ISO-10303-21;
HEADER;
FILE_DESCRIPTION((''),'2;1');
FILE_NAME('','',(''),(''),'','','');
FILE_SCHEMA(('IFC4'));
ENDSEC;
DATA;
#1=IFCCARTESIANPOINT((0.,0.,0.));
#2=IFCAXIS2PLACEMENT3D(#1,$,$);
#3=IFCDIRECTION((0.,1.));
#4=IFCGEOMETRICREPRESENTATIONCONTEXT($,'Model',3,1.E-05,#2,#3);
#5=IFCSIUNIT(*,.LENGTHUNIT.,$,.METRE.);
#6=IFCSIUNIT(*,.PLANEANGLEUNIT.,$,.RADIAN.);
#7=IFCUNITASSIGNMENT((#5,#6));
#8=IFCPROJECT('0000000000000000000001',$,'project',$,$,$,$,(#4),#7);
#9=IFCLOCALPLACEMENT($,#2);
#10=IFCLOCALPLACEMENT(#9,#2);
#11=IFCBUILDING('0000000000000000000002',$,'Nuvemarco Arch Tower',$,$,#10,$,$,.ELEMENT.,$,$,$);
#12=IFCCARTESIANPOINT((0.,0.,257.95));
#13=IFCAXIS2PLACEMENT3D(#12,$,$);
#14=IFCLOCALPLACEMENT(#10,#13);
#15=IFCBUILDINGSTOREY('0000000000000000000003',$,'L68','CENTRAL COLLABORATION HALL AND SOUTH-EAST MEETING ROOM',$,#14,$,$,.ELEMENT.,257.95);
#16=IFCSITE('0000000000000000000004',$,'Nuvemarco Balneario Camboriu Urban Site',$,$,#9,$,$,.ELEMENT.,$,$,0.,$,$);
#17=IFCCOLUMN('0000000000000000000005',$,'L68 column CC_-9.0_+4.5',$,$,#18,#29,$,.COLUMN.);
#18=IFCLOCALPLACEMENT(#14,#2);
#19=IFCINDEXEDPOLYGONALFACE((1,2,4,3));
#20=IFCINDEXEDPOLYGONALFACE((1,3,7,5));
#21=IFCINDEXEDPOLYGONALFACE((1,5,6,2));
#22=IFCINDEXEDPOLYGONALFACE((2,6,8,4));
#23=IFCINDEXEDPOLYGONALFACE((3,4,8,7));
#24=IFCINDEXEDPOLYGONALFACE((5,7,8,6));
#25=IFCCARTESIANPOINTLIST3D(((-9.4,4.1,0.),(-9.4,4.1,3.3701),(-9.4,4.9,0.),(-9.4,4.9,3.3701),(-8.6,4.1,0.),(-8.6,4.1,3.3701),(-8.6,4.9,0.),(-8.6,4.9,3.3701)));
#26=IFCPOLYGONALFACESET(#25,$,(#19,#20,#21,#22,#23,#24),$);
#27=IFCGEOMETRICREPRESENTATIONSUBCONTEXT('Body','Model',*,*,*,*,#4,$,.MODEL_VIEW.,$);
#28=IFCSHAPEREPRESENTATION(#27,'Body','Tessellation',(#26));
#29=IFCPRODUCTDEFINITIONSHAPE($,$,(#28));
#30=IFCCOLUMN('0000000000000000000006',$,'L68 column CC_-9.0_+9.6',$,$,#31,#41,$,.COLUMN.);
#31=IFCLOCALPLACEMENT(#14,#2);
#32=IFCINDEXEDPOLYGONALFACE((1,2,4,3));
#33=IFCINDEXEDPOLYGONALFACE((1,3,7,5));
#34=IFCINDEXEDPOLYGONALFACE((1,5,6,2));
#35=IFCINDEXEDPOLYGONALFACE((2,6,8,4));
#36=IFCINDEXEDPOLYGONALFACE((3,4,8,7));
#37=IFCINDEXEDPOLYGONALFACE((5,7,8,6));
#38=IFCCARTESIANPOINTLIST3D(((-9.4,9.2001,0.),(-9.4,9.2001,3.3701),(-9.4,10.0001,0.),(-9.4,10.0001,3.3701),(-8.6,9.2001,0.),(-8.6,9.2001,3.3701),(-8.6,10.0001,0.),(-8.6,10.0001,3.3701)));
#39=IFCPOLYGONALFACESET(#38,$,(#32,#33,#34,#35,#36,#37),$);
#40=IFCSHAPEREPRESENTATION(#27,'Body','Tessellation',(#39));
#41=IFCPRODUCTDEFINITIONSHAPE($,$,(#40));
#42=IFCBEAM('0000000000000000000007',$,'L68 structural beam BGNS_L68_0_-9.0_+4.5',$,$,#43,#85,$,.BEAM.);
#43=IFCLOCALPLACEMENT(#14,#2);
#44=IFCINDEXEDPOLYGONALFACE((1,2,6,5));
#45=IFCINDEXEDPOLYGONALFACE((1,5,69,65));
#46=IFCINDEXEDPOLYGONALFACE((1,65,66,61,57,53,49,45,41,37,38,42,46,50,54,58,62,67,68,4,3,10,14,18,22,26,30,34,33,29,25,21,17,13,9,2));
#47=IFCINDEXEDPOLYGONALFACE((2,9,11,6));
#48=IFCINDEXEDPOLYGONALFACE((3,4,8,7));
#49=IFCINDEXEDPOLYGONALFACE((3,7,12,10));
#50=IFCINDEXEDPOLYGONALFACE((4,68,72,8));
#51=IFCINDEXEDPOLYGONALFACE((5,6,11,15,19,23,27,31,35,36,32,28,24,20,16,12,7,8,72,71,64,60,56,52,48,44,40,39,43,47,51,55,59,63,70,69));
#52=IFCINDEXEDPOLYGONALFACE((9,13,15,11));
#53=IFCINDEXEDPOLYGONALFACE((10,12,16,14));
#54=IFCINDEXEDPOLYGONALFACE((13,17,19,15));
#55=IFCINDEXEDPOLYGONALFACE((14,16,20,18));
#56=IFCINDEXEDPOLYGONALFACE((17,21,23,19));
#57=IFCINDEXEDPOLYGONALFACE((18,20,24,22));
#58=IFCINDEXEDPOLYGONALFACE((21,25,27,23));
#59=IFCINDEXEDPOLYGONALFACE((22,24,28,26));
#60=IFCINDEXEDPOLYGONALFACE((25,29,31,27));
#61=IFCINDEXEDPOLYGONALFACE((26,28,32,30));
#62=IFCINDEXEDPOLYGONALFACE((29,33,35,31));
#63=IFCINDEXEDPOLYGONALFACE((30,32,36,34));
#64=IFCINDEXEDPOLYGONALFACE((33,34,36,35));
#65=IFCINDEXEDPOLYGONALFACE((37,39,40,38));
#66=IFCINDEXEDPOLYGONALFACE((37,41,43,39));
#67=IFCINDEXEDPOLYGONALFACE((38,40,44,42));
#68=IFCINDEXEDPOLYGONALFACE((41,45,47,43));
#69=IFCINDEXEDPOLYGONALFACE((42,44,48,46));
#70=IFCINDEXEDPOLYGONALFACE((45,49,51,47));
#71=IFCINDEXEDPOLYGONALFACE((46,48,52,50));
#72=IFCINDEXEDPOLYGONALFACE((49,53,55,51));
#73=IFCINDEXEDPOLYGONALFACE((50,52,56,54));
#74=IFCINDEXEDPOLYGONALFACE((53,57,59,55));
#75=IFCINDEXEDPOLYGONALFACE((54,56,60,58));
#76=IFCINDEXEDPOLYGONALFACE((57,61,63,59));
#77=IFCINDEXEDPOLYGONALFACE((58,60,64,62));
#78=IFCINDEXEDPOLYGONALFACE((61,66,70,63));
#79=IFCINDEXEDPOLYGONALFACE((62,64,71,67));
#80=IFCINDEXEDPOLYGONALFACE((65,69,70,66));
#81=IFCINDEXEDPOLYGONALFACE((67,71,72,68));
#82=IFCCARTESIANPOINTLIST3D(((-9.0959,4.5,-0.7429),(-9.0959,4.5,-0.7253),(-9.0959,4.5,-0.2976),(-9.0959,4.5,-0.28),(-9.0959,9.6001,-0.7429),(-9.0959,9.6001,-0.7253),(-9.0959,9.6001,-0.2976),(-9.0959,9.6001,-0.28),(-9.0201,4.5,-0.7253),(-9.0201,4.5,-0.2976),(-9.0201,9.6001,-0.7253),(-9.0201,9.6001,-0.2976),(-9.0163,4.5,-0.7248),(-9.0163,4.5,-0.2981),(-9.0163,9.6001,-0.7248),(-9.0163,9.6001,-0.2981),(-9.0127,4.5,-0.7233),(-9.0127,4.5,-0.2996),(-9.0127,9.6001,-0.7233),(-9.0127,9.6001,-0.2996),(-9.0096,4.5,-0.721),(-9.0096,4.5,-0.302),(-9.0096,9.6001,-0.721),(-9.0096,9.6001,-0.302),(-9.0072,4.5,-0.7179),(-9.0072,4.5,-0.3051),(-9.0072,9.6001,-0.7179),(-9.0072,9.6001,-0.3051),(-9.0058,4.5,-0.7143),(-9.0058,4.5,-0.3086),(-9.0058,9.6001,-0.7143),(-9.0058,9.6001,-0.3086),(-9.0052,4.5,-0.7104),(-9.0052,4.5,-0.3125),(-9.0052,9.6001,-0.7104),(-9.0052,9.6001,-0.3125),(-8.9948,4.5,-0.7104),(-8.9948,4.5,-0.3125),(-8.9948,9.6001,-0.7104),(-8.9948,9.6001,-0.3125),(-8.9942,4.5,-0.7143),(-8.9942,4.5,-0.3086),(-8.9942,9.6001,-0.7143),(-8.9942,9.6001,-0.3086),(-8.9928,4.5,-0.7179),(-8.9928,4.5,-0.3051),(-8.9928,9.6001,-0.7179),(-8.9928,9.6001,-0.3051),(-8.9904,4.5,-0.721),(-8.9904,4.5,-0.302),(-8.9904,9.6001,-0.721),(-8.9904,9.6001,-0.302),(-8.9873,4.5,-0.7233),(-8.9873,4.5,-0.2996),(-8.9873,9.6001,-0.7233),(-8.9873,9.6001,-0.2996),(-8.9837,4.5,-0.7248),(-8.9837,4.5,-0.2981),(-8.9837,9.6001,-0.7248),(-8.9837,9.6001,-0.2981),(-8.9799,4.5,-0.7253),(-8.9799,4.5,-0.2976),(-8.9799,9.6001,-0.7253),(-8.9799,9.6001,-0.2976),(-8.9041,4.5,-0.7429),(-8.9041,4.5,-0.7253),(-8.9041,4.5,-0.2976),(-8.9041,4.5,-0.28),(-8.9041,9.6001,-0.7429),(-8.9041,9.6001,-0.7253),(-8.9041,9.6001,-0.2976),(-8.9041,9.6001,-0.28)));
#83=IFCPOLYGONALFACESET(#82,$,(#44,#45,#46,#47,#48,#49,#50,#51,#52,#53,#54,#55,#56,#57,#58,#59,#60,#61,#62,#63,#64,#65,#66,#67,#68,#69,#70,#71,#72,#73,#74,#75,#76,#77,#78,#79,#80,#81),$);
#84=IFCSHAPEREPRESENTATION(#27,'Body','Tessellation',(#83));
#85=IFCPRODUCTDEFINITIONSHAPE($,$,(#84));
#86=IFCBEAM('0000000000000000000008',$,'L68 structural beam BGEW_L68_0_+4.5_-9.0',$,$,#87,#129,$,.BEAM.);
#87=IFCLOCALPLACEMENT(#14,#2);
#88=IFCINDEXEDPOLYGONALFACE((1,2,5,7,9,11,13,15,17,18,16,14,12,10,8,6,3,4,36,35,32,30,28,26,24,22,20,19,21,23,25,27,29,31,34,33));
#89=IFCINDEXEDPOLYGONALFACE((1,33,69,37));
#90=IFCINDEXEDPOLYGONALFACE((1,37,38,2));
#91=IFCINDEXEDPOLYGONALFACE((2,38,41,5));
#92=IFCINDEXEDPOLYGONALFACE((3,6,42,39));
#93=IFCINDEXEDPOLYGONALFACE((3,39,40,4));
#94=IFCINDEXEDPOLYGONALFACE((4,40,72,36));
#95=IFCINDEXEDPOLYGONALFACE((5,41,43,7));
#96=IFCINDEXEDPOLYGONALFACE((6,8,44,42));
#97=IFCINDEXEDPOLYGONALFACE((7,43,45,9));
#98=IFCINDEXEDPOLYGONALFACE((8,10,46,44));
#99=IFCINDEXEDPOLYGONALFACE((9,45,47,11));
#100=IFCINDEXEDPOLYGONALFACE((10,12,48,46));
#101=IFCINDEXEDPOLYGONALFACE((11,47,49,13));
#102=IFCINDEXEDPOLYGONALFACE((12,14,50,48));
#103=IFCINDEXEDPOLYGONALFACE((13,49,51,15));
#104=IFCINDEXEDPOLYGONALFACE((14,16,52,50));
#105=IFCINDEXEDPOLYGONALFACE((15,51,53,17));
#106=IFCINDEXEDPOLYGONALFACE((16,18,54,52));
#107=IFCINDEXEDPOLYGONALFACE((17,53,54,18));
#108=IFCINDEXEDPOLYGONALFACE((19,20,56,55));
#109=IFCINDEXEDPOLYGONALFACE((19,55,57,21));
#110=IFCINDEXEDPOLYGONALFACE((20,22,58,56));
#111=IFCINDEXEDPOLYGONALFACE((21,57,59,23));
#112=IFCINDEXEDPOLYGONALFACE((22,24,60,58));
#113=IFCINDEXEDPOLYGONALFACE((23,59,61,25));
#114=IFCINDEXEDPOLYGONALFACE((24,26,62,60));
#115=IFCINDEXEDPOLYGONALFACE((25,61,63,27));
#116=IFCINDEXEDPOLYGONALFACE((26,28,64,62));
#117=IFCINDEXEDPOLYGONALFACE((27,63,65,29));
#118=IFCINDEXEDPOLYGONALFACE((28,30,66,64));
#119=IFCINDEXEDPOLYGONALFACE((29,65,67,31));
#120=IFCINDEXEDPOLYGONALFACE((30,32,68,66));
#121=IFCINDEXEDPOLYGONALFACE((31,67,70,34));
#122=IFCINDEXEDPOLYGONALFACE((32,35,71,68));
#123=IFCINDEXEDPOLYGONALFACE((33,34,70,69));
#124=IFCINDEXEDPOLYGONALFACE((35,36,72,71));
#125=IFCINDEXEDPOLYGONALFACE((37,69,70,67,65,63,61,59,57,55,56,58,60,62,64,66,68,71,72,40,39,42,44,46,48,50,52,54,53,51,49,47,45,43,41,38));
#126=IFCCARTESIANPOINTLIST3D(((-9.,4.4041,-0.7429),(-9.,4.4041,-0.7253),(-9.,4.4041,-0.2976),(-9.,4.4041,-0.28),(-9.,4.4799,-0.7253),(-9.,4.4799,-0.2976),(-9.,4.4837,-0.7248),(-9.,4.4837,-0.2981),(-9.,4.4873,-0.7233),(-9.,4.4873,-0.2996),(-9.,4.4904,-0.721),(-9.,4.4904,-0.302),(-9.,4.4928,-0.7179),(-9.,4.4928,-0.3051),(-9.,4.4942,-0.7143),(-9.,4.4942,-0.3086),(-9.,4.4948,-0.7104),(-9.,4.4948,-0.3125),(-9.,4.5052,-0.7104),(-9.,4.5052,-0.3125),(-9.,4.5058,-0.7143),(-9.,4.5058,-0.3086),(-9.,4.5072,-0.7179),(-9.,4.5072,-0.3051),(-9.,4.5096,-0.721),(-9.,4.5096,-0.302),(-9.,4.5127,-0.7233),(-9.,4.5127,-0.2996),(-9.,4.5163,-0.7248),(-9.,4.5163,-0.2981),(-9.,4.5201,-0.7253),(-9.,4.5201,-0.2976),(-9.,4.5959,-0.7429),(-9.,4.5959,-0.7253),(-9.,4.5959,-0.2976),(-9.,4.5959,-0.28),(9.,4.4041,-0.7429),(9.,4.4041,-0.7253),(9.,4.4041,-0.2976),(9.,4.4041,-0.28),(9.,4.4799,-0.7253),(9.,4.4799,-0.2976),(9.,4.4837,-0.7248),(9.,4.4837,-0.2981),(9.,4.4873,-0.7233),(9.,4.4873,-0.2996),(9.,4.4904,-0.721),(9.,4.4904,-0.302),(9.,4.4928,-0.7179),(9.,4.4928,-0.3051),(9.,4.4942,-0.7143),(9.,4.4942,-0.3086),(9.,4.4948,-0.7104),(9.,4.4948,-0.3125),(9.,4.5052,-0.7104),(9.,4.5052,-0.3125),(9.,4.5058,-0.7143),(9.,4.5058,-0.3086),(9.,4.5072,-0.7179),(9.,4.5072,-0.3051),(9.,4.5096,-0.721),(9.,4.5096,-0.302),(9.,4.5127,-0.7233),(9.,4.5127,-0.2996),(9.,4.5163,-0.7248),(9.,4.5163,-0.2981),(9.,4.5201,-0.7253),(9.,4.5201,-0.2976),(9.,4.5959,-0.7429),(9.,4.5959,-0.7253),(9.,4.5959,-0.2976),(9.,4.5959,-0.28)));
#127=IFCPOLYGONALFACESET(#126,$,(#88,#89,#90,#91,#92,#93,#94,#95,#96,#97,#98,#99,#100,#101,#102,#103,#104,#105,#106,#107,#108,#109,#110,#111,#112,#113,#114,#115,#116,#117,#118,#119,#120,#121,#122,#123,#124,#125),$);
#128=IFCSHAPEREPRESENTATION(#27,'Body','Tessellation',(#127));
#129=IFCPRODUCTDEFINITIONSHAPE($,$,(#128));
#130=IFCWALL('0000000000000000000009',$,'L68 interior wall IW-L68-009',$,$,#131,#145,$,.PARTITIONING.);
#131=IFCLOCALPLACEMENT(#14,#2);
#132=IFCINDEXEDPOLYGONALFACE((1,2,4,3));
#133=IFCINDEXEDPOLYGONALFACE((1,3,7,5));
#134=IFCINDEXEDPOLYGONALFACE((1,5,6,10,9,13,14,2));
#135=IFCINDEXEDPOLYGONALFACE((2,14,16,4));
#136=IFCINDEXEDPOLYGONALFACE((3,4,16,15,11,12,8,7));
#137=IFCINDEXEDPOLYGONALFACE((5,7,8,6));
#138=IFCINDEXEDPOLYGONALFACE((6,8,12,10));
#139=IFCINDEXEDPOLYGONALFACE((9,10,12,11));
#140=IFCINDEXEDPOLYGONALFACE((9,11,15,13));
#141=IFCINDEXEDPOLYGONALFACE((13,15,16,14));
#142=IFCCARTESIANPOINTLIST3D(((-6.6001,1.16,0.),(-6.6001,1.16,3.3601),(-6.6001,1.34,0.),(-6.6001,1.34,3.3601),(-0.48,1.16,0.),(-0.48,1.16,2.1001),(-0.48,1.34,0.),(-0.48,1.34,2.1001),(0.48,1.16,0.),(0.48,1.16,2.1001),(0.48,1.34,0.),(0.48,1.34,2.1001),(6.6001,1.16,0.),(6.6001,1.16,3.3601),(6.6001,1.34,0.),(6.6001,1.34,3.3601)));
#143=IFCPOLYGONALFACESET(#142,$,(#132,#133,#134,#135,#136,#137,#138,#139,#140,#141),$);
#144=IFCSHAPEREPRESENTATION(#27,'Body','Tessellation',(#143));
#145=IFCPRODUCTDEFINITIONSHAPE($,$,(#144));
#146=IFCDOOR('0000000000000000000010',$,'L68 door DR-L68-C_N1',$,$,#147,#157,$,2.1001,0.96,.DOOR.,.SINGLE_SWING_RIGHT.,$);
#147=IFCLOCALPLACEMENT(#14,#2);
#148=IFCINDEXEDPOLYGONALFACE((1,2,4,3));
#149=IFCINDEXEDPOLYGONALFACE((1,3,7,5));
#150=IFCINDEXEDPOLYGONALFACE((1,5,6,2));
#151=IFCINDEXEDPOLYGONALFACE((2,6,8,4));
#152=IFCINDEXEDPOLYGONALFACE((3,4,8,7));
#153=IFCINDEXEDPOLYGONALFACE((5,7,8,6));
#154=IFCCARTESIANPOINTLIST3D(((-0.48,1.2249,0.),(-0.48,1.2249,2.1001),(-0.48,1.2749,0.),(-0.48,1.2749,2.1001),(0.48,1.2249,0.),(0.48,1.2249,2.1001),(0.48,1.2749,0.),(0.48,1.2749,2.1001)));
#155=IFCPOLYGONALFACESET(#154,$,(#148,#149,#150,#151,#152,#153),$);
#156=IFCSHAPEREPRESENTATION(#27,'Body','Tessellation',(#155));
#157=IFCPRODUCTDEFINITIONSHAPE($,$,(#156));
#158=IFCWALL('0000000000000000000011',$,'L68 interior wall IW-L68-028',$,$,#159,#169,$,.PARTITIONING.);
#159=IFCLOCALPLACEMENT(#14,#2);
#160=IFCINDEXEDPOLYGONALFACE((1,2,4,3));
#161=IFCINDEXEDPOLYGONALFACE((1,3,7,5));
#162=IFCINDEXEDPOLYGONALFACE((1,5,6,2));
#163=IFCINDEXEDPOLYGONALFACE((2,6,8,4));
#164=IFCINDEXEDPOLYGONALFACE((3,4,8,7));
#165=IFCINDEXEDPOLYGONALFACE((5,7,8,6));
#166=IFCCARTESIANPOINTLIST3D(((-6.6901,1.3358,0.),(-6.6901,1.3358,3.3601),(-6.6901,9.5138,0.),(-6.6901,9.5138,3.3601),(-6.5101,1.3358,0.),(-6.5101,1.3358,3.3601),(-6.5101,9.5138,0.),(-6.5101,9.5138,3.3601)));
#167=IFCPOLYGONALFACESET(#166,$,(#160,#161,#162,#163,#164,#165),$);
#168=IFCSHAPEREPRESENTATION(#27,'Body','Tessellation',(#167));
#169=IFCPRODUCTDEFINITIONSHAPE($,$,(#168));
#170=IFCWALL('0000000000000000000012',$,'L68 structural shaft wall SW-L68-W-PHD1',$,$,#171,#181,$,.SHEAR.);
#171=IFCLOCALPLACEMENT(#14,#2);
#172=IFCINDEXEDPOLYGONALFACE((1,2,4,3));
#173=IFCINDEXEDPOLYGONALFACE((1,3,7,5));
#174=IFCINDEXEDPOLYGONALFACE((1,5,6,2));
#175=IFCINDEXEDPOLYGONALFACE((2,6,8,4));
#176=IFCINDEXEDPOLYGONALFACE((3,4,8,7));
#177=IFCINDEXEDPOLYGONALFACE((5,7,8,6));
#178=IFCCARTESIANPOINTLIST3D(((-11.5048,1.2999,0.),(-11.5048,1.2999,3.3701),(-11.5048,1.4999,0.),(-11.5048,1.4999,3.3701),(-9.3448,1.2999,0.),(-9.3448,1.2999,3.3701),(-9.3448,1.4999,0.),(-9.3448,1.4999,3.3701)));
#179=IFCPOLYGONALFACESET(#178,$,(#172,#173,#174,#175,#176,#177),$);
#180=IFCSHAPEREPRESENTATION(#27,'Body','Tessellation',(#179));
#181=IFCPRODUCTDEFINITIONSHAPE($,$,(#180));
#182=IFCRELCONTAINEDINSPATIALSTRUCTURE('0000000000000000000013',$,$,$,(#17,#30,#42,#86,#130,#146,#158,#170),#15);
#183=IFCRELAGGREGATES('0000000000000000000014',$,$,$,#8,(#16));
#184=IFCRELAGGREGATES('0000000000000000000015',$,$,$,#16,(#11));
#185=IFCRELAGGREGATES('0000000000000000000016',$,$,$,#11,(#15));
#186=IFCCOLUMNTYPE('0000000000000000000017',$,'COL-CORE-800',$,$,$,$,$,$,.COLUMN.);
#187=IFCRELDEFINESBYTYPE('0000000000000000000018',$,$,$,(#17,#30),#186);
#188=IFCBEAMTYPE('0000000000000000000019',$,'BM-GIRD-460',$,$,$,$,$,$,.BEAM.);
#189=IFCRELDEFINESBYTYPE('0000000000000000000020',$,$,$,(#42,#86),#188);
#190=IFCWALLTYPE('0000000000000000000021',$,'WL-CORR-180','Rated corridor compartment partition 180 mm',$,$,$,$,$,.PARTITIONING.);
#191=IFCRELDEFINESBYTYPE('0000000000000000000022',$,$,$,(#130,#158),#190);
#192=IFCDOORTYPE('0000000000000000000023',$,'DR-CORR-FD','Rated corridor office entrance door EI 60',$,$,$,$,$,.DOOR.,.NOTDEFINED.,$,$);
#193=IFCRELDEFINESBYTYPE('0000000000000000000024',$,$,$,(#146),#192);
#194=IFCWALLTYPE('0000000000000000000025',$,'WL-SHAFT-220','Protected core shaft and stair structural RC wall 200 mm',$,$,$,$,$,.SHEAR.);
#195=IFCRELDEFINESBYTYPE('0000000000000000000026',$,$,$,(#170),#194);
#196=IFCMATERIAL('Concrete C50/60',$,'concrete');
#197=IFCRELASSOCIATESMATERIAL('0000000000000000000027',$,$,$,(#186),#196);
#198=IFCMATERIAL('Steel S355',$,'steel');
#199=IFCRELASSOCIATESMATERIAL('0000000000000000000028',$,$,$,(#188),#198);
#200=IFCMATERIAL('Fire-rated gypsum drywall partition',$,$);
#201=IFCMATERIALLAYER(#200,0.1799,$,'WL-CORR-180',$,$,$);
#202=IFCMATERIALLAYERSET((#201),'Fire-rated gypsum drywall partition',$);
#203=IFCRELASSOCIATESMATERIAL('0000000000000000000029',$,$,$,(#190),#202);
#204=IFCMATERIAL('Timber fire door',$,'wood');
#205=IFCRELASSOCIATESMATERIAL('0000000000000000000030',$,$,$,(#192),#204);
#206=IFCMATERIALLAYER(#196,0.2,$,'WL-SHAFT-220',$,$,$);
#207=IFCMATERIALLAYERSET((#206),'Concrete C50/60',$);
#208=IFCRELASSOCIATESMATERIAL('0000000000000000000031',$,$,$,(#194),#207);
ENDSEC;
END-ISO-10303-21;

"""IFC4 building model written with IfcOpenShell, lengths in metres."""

from ifc_helpers import new_model, si_unit, direction, frame, frame_2d, origin, origin_2d, place, context, subcontext, project, spatial, rectangle, i_section, extrude, source, transform, mapped, material, layer, layer_set, material_profile, profile_set, type_object, type_shapes, element, fill, save


model = new_model("IFC4")

# Units and contexts
model_context = context("Model", 3, precision=1e-05, world=origin(), true_north=direction((0.0, 1.0)))
body_context = subcontext(model_context, "Body", "Model", "MODEL_VIEW")
ifc_project = project(units=[si_unit("LENGTHUNIT", "METRE"), si_unit("PLANEANGLEUNIT", "RADIAN")], contexts=[model_context])

# Site, building, storey
site_placement = place(None, origin())
site = spatial("IfcSite", under=ifc_project, at=site_placement, Name="Nuvemarco Balneario Camboriu Urban Site", CompositionType="ELEMENT", RefElevation=0.0)
building_placement = place(site_placement, origin())
building = spatial("IfcBuilding", under=site, at=building_placement, Name="Nuvemarco Arch Tower", CompositionType="ELEMENT")
storey_placement = place(building_placement, frame((0.0, 0.0, 257.95)))
storey = spatial("IfcBuildingStorey", under=building, at=storey_placement, Name="L68", Description="CENTRAL COLLABORATION HALL AND SOUTH-EAST MEETING ROOM", CompositionType="ELEMENT", Elevation=257.95)

# Columns
ifc_material_1 = material(Name="Concrete C50/60", Category="concrete")
ifc_material_profile_1 = material_profile(ifc_material_1, rectangle(XDim=0.8, YDim=0.8, at=origin_2d()), Name="RC-COL-800x800")
ifc_profile_set_1 = profile_set([ifc_material_profile_1], Name="Concrete C50/60")
column_type = type_object("IfcColumnType", Name="COL-CORE-800", PredefinedType="COLUMN", material=ifc_profile_set_1)
for number, where, z_axis, x_axis, name in (
    (1, (-9.0, 4.5, 0.0), (0.0, 0.0, 1.0), (1.0, 0.0, 0.0), "L68 column CC_-9.0_+4.5"),
    (2, (-9.0, 9.6001, 0.0), (0.0, 0.0, 1.0), (1.0, 0.0, 0.0), "L68 column CC_-9.0_+9.6"),
):
    element("IfcColumn", number, at=place(storey_placement, frame(where, z_axis=z_axis, x_axis=x_axis)), inside=storey, type_object=column_type, Name=name, PredefinedType="COLUMN", context=body_context, shape_type="SweptSolid", body=[
        extrude(rectangle(XDim=0.8, YDim=0.8, at=origin_2d()), origin(), (0.0, 0.0, 1.0), 3.3701),
    ])

# Beams
ifc_material_2 = material(Name="Steel S355", Category="steel")
ifc_material_profile_2 = material_profile(ifc_material_2, i_section(OverallWidth=0.1919, OverallDepth=0.4629, WebThickness=0.0105, FlangeThickness=0.0176, FilletRadius=0.0149, at=origin_2d()), Name="W460x89")
ifc_profile_set_2 = profile_set([ifc_material_profile_2], Name="Steel S355")
beam_type = type_object("IfcBeamType", Name="BM-GIRD-460", PredefinedType="BEAM", material=ifc_profile_set_2)
beam_1_placement = place(storey_placement, frame((-9.0, 4.5, -0.5115), z_axis=(0.0, 1.0, 0.0), x_axis=(-1.0, 0.0, 0.0)))
element("IfcBeam", 3, at=beam_1_placement, inside=storey, type_object=beam_type, Name="L68 structural beam BGNS_L68_0_-9.0_+4.5", PredefinedType="BEAM", context=body_context, shape_type="SweptSolid", body=[
    extrude(i_section(OverallWidth=0.1919, OverallDepth=0.4629, WebThickness=0.0105, FlangeThickness=0.0176, FilletRadius=0.0149, at=origin_2d()), origin(), (0.0, 0.0, 1.0), 5.1001),
])
beam_2_placement = place(storey_placement, frame((-9.0, 4.5, -0.5115), z_axis=(1.0, 0.0, 0.0), x_axis=(0.0, 1.0, 0.0)))
element("IfcBeam", 4, at=beam_2_placement, inside=storey, type_object=beam_type, Name="L68 structural beam BGEW_L68_0_+4.5_-9.0", PredefinedType="BEAM", context=body_context, shape_type="SweptSolid", body=[
    extrude(i_section(OverallWidth=0.1919, OverallDepth=0.4629, WebThickness=0.0105, FlangeThickness=0.0176, FilletRadius=0.0149, at=origin_2d()), origin(), (0.0, 0.0, 1.0), 18.0),
])

# Wall, opening, door
ifc_material_3 = material(Name="Fire-rated gypsum drywall partition")
ifc_layer_1 = layer(ifc_material_3, 0.1799, Name="WL-CORR-180")
ifc_layer_set_1 = layer_set([ifc_layer_1], Name="Fire-rated gypsum drywall partition")
wall_type_1 = type_object("IfcWallType", Name="WL-CORR-180", Description="Rated corridor compartment partition 180 mm", PredefinedType="PARTITIONING", material=ifc_layer_set_1)
wall_1_placement = place(storey_placement, frame((-6.6001, 1.25, 0.0), z_axis=(0.0, 0.0, 1.0), x_axis=(1.0, 0.0, 0.0)))
wall_1 = element("IfcWall", 5, at=wall_1_placement, inside=storey, type_object=wall_type_1, Name="L68 interior wall IW-L68-009", PredefinedType="PARTITIONING", context=body_context, shape_type="SweptSolid", body=[
    extrude(rectangle(XDim=13.2002, YDim=0.1799, at=frame_2d((6.6001, 0.0))), origin(), (0.0, 0.0, 1.0), 3.3601),
])
opening_1_placement = place(wall_1_placement, frame((6.1201, 0.0, 0.0)))
opening_1 = element("IfcOpeningElement", 6, at=opening_1_placement, cuts=wall_1, PredefinedType="OPENING", context=body_context, shape_type="SweptSolid", body=[
    extrude(rectangle(XDim=0.96, YDim=2.1001, at=frame_2d((0.48, 1.05))), frame((0.0, 0.0999, 0.0), z_axis=(0.0, -1.0, 0.0), x_axis=(1.0, 0.0, 0.0)), (0.0, 0.0, 1.0), 0.2),
])
ifc_material_4 = material(Name="Timber fire door", Category="wood")
door_type_1 = type_object("IfcDoorType", Name="DR-CORR-FD", Description="Rated corridor office entrance door EI 60", OperationType="NOTDEFINED", PredefinedType="DOOR", material=ifc_material_4)
shared_shape_1 = source(origin(), body_context, "Body", "SweptSolid", [
    extrude(rectangle(XDim=0.96, YDim=2.1001, at=frame_2d((0.48, 1.05))), frame((0.0, 0.0249, 0.0), z_axis=(0.0, -1.0, 0.0), x_axis=(1.0, 0.0, 0.0)), (0.0, 0.0, 1.0), 0.05),
])
type_shapes(door_type_1, [shared_shape_1])
door_1_placement = place(opening_1_placement, origin())
door_1 = element("IfcDoor", 7, at=door_1_placement, inside=storey, type_object=door_type_1, Name="L68 door DR-L68-C_N1", OperationType="SINGLE_SWING_RIGHT", OverallHeight=2.1001, OverallWidth=0.96, PredefinedType="DOOR", context=body_context, shape_type="MappedRepresentation", body=[
    mapped(shared_shape_1, transform((0.0, 0.0, 0.0), scale=1.0)),
])
fill(opening_1, door_1)

# Wall
wall_2_placement = place(storey_placement, frame((-6.6001, 1.3359, 0.0), z_axis=(0.0, 0.0, 1.0), x_axis=(0.0, 1.0, 0.0)))
element("IfcWall", 8, at=wall_2_placement, inside=storey, type_object=wall_type_1, Name="L68 interior wall IW-L68-028", PredefinedType="PARTITIONING", context=body_context, shape_type="SweptSolid", body=[
    extrude(rectangle(XDim=8.178, YDim=0.1799, at=frame_2d((4.0889, 0.0))), origin(), (0.0, 0.0, 1.0), 3.3601),
])

# Shared definitions
ifc_layer_2 = layer(ifc_material_1, 0.2, Name="WL-SHAFT-220")
ifc_layer_set_2 = layer_set([ifc_layer_2], Name="Concrete C50/60")
wall_type_2 = type_object("IfcWallType", Name="WL-SHAFT-220", Description="Protected core shaft and stair structural RC wall 200 mm", PredefinedType="SHEAR", material=ifc_layer_set_2)

# Wall
for number, where, z_axis, x_axis, name in (
    (9, (-11.5049, 1.3999, 0.0), (0.0, 0.0, 1.0), (1.0, 0.0, 0.0), "L68 structural shaft wall SW-L68-W-PHD1"),
):
    element("IfcWall", number, at=place(storey_placement, frame(where, z_axis=z_axis, x_axis=x_axis)), inside=storey, type_object=wall_type_2, Name=name, PredefinedType="SHEAR", context=body_context, shape_type="SweptSolid", body=[
        extrude(rectangle(XDim=2.1599, YDim=0.2, at=frame_2d((1.0801, 0.0))), origin(), (0.0, 0.0, 1.0), 3.3701),
    ])

save(model, "model.ifc")
